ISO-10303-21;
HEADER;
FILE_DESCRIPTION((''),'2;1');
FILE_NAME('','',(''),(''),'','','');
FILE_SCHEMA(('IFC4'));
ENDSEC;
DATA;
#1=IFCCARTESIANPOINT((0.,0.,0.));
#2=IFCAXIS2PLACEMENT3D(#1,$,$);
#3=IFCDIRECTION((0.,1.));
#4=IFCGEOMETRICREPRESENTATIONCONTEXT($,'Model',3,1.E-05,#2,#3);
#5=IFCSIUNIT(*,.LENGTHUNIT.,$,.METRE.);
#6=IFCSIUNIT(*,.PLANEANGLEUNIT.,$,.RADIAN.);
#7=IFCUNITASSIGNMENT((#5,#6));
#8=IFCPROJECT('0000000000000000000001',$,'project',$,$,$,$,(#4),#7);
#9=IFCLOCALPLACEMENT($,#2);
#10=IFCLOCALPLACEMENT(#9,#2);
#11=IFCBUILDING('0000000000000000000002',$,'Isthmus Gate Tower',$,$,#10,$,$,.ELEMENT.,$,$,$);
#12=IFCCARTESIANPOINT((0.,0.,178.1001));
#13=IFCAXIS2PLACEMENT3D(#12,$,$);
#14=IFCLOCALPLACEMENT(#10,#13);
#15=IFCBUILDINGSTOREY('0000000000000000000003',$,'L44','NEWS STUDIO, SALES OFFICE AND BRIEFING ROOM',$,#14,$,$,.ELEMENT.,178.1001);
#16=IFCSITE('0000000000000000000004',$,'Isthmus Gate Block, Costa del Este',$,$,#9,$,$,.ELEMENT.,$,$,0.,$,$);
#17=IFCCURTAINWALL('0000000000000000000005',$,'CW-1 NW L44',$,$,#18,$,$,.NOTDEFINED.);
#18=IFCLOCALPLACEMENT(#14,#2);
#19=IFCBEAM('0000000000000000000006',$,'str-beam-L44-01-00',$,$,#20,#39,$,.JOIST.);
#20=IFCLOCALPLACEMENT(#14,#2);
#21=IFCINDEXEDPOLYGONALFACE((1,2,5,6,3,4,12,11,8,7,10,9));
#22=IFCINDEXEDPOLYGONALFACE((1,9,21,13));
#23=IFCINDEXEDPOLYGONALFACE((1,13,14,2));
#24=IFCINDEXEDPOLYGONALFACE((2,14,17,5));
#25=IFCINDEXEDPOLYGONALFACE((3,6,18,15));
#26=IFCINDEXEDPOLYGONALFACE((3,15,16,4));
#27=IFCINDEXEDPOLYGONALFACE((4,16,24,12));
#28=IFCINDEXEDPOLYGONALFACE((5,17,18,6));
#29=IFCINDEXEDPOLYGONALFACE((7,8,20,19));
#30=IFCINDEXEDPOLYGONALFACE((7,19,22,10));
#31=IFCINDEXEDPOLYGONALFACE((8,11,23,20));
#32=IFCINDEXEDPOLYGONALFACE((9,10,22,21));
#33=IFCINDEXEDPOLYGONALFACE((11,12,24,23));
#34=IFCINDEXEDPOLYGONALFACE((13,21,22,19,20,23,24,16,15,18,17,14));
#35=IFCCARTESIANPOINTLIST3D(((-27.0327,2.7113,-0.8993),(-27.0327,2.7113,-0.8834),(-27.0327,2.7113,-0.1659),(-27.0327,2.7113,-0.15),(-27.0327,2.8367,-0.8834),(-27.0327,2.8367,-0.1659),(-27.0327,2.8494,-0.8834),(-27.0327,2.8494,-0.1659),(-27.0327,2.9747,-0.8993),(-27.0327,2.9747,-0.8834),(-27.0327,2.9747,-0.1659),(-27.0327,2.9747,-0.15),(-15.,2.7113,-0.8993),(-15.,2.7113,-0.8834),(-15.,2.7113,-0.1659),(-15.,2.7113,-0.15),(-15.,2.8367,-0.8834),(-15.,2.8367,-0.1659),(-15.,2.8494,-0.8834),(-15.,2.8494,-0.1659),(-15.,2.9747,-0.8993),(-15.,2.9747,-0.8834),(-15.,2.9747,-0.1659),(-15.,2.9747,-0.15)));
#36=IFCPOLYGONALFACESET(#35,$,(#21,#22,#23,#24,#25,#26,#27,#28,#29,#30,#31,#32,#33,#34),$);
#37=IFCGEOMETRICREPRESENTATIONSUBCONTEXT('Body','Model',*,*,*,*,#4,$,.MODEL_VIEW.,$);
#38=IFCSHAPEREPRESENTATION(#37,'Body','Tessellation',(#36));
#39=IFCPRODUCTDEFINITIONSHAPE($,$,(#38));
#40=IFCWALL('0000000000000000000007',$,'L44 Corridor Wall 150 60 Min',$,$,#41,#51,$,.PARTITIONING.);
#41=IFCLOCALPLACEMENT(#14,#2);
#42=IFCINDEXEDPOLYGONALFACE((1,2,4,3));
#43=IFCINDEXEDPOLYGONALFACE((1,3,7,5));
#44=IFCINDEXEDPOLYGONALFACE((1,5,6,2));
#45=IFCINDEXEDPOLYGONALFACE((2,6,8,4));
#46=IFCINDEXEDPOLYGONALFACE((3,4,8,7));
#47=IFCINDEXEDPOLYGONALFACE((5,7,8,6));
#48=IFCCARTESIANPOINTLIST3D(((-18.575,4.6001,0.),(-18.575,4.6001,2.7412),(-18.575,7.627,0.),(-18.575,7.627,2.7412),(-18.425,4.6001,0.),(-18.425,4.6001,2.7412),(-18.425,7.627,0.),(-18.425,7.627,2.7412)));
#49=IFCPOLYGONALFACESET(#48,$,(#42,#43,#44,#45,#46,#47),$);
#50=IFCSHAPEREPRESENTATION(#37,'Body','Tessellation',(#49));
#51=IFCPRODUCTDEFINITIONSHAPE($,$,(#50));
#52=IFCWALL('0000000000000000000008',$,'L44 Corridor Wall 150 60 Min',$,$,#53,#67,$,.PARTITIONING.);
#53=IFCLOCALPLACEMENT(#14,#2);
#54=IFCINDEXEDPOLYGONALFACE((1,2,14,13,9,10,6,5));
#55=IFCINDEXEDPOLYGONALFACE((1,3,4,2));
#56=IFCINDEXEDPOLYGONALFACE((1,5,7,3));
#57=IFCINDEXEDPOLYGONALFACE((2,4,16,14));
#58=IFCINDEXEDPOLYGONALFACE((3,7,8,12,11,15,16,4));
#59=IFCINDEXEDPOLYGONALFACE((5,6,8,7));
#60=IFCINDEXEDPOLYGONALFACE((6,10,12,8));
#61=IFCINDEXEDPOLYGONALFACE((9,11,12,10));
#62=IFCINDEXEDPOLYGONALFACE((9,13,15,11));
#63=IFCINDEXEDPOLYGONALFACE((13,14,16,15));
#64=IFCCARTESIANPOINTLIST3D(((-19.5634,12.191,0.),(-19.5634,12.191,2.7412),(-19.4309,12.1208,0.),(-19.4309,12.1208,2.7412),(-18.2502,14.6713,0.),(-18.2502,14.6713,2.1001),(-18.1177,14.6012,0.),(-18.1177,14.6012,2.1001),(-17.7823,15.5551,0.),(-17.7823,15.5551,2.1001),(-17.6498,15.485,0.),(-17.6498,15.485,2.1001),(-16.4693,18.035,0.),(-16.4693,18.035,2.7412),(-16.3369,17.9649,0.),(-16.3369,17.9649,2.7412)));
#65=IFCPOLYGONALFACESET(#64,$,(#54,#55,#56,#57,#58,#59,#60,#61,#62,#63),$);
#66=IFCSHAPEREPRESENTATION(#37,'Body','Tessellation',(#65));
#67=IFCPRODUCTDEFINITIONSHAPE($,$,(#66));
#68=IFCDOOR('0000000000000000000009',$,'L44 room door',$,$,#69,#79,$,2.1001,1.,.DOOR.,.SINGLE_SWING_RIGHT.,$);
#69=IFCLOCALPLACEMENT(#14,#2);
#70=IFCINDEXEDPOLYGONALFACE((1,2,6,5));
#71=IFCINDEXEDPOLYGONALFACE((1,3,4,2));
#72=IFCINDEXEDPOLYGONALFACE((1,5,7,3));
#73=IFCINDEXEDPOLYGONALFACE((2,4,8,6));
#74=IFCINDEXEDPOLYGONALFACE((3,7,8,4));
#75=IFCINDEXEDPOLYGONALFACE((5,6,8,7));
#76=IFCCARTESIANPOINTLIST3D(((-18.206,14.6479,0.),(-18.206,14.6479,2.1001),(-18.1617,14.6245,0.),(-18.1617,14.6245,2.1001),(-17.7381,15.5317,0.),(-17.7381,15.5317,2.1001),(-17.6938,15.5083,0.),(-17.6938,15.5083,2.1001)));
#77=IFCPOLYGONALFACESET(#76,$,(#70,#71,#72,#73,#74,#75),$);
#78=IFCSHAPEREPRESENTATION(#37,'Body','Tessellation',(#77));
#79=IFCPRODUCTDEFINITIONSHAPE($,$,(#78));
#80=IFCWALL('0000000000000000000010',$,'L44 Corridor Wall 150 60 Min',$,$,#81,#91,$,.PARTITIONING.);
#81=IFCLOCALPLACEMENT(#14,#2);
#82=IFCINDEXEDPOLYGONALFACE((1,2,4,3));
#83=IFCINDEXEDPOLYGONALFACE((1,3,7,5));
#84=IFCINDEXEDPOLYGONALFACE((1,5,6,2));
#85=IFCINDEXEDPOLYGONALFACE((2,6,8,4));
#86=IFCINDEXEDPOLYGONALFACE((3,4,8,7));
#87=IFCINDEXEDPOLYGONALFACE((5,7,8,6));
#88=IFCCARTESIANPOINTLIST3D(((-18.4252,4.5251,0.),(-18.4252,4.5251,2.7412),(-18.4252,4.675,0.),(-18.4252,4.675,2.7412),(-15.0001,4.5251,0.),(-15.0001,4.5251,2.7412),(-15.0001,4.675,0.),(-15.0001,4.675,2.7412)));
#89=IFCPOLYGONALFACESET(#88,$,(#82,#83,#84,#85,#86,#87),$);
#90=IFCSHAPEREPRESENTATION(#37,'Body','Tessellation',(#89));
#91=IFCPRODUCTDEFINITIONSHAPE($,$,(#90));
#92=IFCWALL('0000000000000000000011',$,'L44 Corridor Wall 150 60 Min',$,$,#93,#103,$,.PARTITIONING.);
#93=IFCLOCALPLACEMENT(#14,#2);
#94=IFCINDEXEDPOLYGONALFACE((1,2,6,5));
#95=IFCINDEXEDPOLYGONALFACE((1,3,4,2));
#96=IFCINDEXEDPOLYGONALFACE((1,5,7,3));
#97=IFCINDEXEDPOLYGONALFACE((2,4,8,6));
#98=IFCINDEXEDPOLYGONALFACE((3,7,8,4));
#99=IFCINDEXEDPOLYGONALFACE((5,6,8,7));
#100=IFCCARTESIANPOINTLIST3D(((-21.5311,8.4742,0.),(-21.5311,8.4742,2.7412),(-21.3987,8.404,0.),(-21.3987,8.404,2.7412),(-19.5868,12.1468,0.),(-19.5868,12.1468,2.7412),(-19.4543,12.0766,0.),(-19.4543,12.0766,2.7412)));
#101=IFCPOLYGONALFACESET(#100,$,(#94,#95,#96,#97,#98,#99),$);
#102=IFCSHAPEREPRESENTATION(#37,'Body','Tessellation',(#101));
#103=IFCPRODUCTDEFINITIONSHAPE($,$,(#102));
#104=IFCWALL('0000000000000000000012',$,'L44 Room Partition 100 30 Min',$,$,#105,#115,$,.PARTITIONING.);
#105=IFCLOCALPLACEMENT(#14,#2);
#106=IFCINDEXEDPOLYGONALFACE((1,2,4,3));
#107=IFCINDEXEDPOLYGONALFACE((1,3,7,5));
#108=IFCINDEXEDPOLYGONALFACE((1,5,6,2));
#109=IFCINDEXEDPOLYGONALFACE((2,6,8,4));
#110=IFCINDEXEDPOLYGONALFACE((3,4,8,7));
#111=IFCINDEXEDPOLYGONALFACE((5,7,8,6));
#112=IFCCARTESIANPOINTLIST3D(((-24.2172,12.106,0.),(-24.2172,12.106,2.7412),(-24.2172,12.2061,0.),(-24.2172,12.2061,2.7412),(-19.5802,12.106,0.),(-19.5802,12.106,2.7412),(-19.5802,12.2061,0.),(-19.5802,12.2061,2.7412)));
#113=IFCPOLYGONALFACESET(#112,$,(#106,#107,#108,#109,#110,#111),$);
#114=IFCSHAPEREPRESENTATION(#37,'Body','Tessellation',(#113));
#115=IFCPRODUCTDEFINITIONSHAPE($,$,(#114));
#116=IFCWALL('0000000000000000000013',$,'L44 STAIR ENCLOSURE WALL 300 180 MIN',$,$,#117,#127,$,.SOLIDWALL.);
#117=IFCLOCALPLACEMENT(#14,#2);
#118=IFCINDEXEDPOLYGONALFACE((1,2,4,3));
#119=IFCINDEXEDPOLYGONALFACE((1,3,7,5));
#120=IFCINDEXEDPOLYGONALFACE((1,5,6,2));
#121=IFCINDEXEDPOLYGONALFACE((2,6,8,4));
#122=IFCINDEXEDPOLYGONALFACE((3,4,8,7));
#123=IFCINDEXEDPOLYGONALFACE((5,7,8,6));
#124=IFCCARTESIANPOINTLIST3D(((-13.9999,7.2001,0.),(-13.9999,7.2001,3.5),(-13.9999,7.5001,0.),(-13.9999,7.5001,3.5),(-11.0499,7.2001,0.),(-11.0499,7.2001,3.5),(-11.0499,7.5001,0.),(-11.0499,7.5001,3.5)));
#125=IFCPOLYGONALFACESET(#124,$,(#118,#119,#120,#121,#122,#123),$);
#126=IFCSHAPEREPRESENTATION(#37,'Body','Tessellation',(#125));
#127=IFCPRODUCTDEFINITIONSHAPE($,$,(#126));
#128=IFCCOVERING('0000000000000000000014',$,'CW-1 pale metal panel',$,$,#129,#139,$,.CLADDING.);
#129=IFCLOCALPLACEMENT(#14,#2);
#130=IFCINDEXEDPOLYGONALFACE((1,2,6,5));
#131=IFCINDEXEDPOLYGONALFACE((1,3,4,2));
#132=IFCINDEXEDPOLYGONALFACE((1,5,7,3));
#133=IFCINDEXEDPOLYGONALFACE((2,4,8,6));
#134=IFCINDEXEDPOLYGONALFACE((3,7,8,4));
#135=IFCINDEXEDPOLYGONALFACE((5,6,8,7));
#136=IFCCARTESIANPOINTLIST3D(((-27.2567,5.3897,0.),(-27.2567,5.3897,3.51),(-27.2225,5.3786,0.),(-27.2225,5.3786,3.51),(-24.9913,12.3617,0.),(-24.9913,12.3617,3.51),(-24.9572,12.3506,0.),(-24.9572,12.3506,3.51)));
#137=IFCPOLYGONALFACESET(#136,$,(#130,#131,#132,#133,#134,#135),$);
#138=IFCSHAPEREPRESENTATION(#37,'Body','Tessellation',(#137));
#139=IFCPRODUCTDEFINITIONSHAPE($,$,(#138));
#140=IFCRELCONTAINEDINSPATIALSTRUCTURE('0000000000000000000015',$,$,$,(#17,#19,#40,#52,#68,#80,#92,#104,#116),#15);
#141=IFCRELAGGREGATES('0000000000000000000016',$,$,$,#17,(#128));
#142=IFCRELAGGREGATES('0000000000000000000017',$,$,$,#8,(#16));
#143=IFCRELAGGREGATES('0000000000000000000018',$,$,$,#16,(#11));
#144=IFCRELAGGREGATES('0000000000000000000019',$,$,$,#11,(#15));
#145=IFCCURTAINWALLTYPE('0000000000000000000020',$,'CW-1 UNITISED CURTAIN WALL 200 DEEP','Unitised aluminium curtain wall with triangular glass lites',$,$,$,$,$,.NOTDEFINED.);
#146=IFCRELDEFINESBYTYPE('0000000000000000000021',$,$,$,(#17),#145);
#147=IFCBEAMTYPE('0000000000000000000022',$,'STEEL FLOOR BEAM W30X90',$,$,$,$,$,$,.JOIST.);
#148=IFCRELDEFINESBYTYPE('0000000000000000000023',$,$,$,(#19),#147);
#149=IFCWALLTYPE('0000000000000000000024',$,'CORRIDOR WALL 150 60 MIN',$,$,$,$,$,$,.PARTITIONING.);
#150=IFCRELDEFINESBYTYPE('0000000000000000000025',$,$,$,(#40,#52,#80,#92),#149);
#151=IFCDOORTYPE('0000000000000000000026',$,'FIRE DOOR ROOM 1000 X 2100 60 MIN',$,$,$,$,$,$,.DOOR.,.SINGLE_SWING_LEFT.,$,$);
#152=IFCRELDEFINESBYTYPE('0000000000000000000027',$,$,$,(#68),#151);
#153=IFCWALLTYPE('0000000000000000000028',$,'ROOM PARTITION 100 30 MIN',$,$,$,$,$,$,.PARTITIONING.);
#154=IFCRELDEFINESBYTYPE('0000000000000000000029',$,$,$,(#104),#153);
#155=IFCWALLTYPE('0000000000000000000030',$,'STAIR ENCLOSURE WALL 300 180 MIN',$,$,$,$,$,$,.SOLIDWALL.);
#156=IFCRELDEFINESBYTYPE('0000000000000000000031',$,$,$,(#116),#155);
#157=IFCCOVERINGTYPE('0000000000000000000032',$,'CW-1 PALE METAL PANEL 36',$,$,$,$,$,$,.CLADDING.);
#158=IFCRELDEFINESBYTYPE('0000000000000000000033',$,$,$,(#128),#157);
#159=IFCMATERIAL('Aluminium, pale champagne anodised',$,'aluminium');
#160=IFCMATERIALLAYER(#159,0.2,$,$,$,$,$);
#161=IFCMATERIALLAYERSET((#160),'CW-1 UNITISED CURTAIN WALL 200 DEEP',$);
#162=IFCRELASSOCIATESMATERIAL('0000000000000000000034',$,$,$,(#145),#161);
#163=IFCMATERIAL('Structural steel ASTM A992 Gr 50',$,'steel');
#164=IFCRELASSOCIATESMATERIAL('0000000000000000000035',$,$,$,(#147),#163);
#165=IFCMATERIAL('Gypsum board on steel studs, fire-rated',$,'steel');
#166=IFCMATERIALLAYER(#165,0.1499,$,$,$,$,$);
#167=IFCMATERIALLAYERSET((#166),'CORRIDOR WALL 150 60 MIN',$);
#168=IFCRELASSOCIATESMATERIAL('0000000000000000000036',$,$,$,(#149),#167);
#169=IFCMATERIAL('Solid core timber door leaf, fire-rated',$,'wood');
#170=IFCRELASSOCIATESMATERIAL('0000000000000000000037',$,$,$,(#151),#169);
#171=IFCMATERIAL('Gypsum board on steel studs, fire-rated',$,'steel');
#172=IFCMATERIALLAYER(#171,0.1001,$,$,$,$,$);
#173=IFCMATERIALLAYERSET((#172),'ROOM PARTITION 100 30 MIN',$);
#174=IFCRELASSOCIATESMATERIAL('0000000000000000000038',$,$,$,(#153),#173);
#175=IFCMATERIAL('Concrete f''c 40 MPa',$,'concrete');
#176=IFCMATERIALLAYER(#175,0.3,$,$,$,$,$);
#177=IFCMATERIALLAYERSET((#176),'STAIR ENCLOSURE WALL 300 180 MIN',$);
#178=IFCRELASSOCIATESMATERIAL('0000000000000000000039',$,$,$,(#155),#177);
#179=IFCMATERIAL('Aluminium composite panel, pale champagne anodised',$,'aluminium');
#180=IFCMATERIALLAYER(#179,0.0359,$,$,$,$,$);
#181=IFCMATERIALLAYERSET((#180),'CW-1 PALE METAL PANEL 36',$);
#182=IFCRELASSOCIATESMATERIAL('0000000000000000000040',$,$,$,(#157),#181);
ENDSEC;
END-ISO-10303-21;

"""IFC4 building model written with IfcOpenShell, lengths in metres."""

from ifc_helpers import new_model, si_unit, direction, frame, frame_2d, origin, origin_2d, place, context, subcontext, project, spatial, rectangle, i_section, extrude, material, layer, layer_set, material_profile, profile_set, type_object, element, fill, aggregate, save


model = new_model("IFC4")

# Units and contexts
model_context = context("Model", 3, precision=1e-05, world=origin(), true_north=direction((0.0, 1.0)))
body_context = subcontext(model_context, "Body", "Model", "MODEL_VIEW")
ifc_project = project(units=[si_unit("LENGTHUNIT", "METRE"), si_unit("PLANEANGLEUNIT", "RADIAN")], contexts=[model_context])

# Site, building, storey
site_placement = place(None, origin())
site = spatial("IfcSite", under=ifc_project, at=site_placement, Name="Isthmus Gate Block, Costa del Este", CompositionType="ELEMENT", RefElevation=0.0)
building_placement = place(site_placement, origin())
building = spatial("IfcBuilding", under=site, at=building_placement, Name="Isthmus Gate Tower", CompositionType="ELEMENT")
storey_placement = place(building_placement, frame((0.0, 0.0, 178.1001)))
storey = spatial("IfcBuildingStorey", under=building, at=storey_placement, Name="L44", Description="NEWS STUDIO, SALES OFFICE AND BRIEFING ROOM", CompositionType="ELEMENT", Elevation=178.1001)

# Curtain wall
ifc_material_1 = material(Name="Aluminium, pale champagne anodised", Category="aluminium")
ifc_layer_1 = layer(ifc_material_1, 0.2)
ifc_layer_set_1 = layer_set([ifc_layer_1], Name="CW-1 UNITISED CURTAIN WALL 200 DEEP")
curtain_wall_type = type_object("IfcCurtainWallType", Name="CW-1 UNITISED CURTAIN WALL 200 DEEP", Description="Unitised aluminium curtain wall with triangular glass lites", PredefinedType="NOTDEFINED", material=ifc_layer_set_1)
curtain_wall_placement = place(storey_placement, origin())
curtain_wall = element("IfcCurtainWall", 1, at=curtain_wall_placement, inside=storey, type_object=curtain_wall_type, Name="CW-1 NW L44", PredefinedType="NOTDEFINED")

# Beam
ifc_material_2 = material(Name="Structural steel ASTM A992 Gr 50", Category="steel")
ifc_material_profile_1 = material_profile(ifc_material_2, i_section(OverallWidth=0.2634, OverallDepth=0.7493, WebThickness=0.0127, FlangeThickness=0.0159, at=origin_2d()), Name="W30X90")
ifc_profile_set_1 = profile_set([ifc_material_profile_1], Name="Structural steel ASTM A992 Gr 50")
beam_type_1 = type_object("IfcBeamType", Name="STEEL FLOOR BEAM W30X90", PredefinedType="JOIST", material=ifc_profile_set_1)
beam_1_placement = place(storey_placement, frame((-27.0327, 2.843, -0.5247), z_axis=(1.0, 0.0, 0.0), x_axis=(0.0, 1.0, 0.0)))
element("IfcBeam", 2, at=beam_1_placement, inside=storey, type_object=beam_type_1, Name="str-beam-L44-01-00", PredefinedType="JOIST", context=body_context, shape_type="SweptSolid", body=[
    extrude(i_section(OverallWidth=0.2634, OverallDepth=0.7493, WebThickness=0.0127, FlangeThickness=0.0159, at=origin_2d()), origin(), (0.0, 0.0, 1.0), 12.0327),
])

# Wall
ifc_material_3 = material(Name="Gypsum board on steel studs, fire-rated", Category="steel")
ifc_layer_2 = layer(ifc_material_3, 0.1499)
ifc_layer_set_2 = layer_set([ifc_layer_2], Name="CORRIDOR WALL 150 60 MIN")
wall_type_1 = type_object("IfcWallType", Name="CORRIDOR WALL 150 60 MIN", PredefinedType="PARTITIONING", material=ifc_layer_set_2)
wall_1_placement = place(storey_placement, frame((-18.5, 7.627, 0.0), z_axis=(0.0, 0.0, 1.0), x_axis=(0.0, -1.0, 0.0)))
element("IfcWall", 3, at=wall_1_placement, inside=storey, type_object=wall_type_1, Name="L44 Corridor Wall 150 60 Min", PredefinedType="PARTITIONING", context=body_context, shape_type="SweptSolid", body=[
    extrude(rectangle(XDim=3.0269, YDim=0.1499, at=frame_2d((1.5134, 0.0))), origin(), (0.0, 0.0, 1.0), 2.7412),
])

# Wall, opening, door
wall_2_placement = place(storey_placement, frame((-19.4971, 12.156, 0.0), z_axis=(0.0, 0.0, 1.0), x_axis=(0.467901, 0.883781, 0.0)))
wall_2 = element("IfcWall", 4, at=wall_2_placement, inside=storey, type_object=wall_type_1, Name="L44 Corridor Wall 150 60 Min", PredefinedType="PARTITIONING", context=body_context, shape_type="SweptSolid", body=[
    extrude(rectangle(XDim=6.6125, YDim=0.1499, at=frame_2d((3.3062, 0.0))), origin(), (0.0, 0.0, 1.0), 2.7412),
])
opening_placement = place(wall_2_placement, frame((2.8064, 0.0, 0.0)))
opening = element("IfcOpeningElement", 5, at=opening_placement, cuts=wall_2, PredefinedType="OPENING", context=body_context, shape_type="SweptSolid", body=[
    extrude(rectangle(XDim=1.0, YDim=2.1001, at=frame_2d((0.5, 1.05))), frame((0.0, 0.085, 0.0), z_axis=(0.0, -1.0, 0.0), x_axis=(1.0, 0.0, 0.0)), (0.0, 0.0, 1.0), 0.1699),
])
ifc_material_4 = material(Name="Solid core timber door leaf, fire-rated", Category="wood")
door_type = type_object("IfcDoorType", Name="FIRE DOOR ROOM 1000 X 2100 60 MIN", OperationType="SINGLE_SWING_LEFT", PredefinedType="DOOR", material=ifc_material_4)
door_placement = place(opening_placement, origin())
door = element("IfcDoor", 6, at=door_placement, inside=storey, type_object=door_type, Name="L44 room door", OperationType="SINGLE_SWING_RIGHT", OverallHeight=2.1001, OverallWidth=1.0, PredefinedType="DOOR", context=body_context, shape_type="SweptSolid", body=[
    extrude(rectangle(XDim=1.0, YDim=2.1001, at=frame_2d((0.5, 1.05))), frame((0.0, 0.0249, 0.0), z_axis=(0.0, -1.0, 0.0), x_axis=(1.0, 0.0, 0.0)), (0.0, 0.0, 1.0), 0.05),
])
fill(opening, door)

# Walls
wall_3_placement = place(storey_placement, frame((-18.425, 4.6001, 0.0), z_axis=(0.0, 0.0, 1.0), x_axis=(1.0, 0.0, 0.0)))
element("IfcWall", 7, at=wall_3_placement, inside=storey, type_object=wall_type_1, Name="L44 Corridor Wall 150 60 Min", PredefinedType="PARTITIONING", context=body_context, shape_type="SweptSolid", body=[
    extrude(rectangle(XDim=3.425, YDim=0.1499, at=frame_2d((1.7124, 0.0))), origin(), (0.0, 0.0, 1.0), 2.7412),
])
wall_4_placement = place(storey_placement, frame((-21.4648, 8.4392, 0.0), z_axis=(0.0, 0.0, 1.0), x_axis=(0.46789, 0.883786, 0.0)))
element("IfcWall", 8, at=wall_4_placement, inside=storey, type_object=wall_type_1, Name="L44 Corridor Wall 150 60 Min", PredefinedType="PARTITIONING", context=body_context, shape_type="SweptSolid", body=[
    extrude(rectangle(XDim=4.1555, YDim=0.1499, at=frame_2d((2.0776, 0.0))), origin(), (0.0, 0.0, 1.0), 2.7412),
])
ifc_material_5 = material(Name="Gypsum board on steel studs, fire-rated", Category="steel")
ifc_layer_3 = layer(ifc_material_5, 0.1001)
ifc_layer_set_3 = layer_set([ifc_layer_3], Name="ROOM PARTITION 100 30 MIN")
wall_type_2 = type_object("IfcWallType", Name="ROOM PARTITION 100 30 MIN", PredefinedType="PARTITIONING", material=ifc_layer_set_3)
wall_5_placement = place(storey_placement, frame((-24.217, 12.156, 0.0), z_axis=(0.0, 0.0, 1.0), x_axis=(1.0, 0.0, 0.0)))
element("IfcWall", 9, at=wall_5_placement, inside=storey, type_object=wall_type_2, Name="L44 Room Partition 100 30 Min", PredefinedType="PARTITIONING", context=body_context, shape_type="SweptSolid", body=[
    extrude(rectangle(XDim=4.637, YDim=0.1001, at=frame_2d((2.3184, 0.0))), origin(), (0.0, 0.0, 1.0), 2.7412),
])
ifc_material_6 = material(Name="Concrete f'c 40 MPa", Category="concrete")
ifc_layer_4 = layer(ifc_material_6, 0.3)
ifc_layer_set_4 = layer_set([ifc_layer_4], Name="STAIR ENCLOSURE WALL 300 180 MIN")
wall_type_3 = type_object("IfcWallType", Name="STAIR ENCLOSURE WALL 300 180 MIN", PredefinedType="SOLIDWALL", material=ifc_layer_set_4)
wall_6_placement = place(storey_placement, frame((-14.0, 7.3501, 0.0), z_axis=(0.0, 0.0, 1.0), x_axis=(1.0, 0.0, 0.0)))
element("IfcWall", 10, at=wall_6_placement, inside=storey, type_object=wall_type_3, Name="L44 STAIR ENCLOSURE WALL 300 180 MIN", PredefinedType="SOLIDWALL", context=body_context, shape_type="SweptSolid", body=[
    extrude(rectangle(XDim=2.95, YDim=0.3, at=frame_2d((1.4751, 0.0))), origin(), (0.0, 0.0, 1.0), 3.5),
])

# Covering
ifc_material_7 = material(Name="Aluminium composite panel, pale champagne anodised", Category="aluminium")
ifc_layer_5 = layer(ifc_material_7, 0.0359)
ifc_layer_set_5 = layer_set([ifc_layer_5], Name="CW-1 PALE METAL PANEL 36")
covering_type = type_object("IfcCoveringType", Name="CW-1 PALE METAL PANEL 36", PredefinedType="CLADDING", material=ifc_layer_set_5)
covering_placement = place(storey_placement, frame((-26.1069, 8.8701, 0.0), z_axis=(0.0, 0.0, 1.0), x_axis=(-0.309017, -0.951057, 0.0)))
covering = element("IfcCovering", 11, at=covering_placement, type_object=covering_type, Name="CW-1 pale metal panel", PredefinedType="CLADDING", context=body_context, shape_type="SweptSolid", body=[
    extrude(rectangle(XDim=7.3308, YDim=0.0359, at=origin_2d()), origin(), (0.0, 0.0, 1.0), 3.51),
])
aggregate(curtain_wall, [covering])

save(model, "model.ifc")
